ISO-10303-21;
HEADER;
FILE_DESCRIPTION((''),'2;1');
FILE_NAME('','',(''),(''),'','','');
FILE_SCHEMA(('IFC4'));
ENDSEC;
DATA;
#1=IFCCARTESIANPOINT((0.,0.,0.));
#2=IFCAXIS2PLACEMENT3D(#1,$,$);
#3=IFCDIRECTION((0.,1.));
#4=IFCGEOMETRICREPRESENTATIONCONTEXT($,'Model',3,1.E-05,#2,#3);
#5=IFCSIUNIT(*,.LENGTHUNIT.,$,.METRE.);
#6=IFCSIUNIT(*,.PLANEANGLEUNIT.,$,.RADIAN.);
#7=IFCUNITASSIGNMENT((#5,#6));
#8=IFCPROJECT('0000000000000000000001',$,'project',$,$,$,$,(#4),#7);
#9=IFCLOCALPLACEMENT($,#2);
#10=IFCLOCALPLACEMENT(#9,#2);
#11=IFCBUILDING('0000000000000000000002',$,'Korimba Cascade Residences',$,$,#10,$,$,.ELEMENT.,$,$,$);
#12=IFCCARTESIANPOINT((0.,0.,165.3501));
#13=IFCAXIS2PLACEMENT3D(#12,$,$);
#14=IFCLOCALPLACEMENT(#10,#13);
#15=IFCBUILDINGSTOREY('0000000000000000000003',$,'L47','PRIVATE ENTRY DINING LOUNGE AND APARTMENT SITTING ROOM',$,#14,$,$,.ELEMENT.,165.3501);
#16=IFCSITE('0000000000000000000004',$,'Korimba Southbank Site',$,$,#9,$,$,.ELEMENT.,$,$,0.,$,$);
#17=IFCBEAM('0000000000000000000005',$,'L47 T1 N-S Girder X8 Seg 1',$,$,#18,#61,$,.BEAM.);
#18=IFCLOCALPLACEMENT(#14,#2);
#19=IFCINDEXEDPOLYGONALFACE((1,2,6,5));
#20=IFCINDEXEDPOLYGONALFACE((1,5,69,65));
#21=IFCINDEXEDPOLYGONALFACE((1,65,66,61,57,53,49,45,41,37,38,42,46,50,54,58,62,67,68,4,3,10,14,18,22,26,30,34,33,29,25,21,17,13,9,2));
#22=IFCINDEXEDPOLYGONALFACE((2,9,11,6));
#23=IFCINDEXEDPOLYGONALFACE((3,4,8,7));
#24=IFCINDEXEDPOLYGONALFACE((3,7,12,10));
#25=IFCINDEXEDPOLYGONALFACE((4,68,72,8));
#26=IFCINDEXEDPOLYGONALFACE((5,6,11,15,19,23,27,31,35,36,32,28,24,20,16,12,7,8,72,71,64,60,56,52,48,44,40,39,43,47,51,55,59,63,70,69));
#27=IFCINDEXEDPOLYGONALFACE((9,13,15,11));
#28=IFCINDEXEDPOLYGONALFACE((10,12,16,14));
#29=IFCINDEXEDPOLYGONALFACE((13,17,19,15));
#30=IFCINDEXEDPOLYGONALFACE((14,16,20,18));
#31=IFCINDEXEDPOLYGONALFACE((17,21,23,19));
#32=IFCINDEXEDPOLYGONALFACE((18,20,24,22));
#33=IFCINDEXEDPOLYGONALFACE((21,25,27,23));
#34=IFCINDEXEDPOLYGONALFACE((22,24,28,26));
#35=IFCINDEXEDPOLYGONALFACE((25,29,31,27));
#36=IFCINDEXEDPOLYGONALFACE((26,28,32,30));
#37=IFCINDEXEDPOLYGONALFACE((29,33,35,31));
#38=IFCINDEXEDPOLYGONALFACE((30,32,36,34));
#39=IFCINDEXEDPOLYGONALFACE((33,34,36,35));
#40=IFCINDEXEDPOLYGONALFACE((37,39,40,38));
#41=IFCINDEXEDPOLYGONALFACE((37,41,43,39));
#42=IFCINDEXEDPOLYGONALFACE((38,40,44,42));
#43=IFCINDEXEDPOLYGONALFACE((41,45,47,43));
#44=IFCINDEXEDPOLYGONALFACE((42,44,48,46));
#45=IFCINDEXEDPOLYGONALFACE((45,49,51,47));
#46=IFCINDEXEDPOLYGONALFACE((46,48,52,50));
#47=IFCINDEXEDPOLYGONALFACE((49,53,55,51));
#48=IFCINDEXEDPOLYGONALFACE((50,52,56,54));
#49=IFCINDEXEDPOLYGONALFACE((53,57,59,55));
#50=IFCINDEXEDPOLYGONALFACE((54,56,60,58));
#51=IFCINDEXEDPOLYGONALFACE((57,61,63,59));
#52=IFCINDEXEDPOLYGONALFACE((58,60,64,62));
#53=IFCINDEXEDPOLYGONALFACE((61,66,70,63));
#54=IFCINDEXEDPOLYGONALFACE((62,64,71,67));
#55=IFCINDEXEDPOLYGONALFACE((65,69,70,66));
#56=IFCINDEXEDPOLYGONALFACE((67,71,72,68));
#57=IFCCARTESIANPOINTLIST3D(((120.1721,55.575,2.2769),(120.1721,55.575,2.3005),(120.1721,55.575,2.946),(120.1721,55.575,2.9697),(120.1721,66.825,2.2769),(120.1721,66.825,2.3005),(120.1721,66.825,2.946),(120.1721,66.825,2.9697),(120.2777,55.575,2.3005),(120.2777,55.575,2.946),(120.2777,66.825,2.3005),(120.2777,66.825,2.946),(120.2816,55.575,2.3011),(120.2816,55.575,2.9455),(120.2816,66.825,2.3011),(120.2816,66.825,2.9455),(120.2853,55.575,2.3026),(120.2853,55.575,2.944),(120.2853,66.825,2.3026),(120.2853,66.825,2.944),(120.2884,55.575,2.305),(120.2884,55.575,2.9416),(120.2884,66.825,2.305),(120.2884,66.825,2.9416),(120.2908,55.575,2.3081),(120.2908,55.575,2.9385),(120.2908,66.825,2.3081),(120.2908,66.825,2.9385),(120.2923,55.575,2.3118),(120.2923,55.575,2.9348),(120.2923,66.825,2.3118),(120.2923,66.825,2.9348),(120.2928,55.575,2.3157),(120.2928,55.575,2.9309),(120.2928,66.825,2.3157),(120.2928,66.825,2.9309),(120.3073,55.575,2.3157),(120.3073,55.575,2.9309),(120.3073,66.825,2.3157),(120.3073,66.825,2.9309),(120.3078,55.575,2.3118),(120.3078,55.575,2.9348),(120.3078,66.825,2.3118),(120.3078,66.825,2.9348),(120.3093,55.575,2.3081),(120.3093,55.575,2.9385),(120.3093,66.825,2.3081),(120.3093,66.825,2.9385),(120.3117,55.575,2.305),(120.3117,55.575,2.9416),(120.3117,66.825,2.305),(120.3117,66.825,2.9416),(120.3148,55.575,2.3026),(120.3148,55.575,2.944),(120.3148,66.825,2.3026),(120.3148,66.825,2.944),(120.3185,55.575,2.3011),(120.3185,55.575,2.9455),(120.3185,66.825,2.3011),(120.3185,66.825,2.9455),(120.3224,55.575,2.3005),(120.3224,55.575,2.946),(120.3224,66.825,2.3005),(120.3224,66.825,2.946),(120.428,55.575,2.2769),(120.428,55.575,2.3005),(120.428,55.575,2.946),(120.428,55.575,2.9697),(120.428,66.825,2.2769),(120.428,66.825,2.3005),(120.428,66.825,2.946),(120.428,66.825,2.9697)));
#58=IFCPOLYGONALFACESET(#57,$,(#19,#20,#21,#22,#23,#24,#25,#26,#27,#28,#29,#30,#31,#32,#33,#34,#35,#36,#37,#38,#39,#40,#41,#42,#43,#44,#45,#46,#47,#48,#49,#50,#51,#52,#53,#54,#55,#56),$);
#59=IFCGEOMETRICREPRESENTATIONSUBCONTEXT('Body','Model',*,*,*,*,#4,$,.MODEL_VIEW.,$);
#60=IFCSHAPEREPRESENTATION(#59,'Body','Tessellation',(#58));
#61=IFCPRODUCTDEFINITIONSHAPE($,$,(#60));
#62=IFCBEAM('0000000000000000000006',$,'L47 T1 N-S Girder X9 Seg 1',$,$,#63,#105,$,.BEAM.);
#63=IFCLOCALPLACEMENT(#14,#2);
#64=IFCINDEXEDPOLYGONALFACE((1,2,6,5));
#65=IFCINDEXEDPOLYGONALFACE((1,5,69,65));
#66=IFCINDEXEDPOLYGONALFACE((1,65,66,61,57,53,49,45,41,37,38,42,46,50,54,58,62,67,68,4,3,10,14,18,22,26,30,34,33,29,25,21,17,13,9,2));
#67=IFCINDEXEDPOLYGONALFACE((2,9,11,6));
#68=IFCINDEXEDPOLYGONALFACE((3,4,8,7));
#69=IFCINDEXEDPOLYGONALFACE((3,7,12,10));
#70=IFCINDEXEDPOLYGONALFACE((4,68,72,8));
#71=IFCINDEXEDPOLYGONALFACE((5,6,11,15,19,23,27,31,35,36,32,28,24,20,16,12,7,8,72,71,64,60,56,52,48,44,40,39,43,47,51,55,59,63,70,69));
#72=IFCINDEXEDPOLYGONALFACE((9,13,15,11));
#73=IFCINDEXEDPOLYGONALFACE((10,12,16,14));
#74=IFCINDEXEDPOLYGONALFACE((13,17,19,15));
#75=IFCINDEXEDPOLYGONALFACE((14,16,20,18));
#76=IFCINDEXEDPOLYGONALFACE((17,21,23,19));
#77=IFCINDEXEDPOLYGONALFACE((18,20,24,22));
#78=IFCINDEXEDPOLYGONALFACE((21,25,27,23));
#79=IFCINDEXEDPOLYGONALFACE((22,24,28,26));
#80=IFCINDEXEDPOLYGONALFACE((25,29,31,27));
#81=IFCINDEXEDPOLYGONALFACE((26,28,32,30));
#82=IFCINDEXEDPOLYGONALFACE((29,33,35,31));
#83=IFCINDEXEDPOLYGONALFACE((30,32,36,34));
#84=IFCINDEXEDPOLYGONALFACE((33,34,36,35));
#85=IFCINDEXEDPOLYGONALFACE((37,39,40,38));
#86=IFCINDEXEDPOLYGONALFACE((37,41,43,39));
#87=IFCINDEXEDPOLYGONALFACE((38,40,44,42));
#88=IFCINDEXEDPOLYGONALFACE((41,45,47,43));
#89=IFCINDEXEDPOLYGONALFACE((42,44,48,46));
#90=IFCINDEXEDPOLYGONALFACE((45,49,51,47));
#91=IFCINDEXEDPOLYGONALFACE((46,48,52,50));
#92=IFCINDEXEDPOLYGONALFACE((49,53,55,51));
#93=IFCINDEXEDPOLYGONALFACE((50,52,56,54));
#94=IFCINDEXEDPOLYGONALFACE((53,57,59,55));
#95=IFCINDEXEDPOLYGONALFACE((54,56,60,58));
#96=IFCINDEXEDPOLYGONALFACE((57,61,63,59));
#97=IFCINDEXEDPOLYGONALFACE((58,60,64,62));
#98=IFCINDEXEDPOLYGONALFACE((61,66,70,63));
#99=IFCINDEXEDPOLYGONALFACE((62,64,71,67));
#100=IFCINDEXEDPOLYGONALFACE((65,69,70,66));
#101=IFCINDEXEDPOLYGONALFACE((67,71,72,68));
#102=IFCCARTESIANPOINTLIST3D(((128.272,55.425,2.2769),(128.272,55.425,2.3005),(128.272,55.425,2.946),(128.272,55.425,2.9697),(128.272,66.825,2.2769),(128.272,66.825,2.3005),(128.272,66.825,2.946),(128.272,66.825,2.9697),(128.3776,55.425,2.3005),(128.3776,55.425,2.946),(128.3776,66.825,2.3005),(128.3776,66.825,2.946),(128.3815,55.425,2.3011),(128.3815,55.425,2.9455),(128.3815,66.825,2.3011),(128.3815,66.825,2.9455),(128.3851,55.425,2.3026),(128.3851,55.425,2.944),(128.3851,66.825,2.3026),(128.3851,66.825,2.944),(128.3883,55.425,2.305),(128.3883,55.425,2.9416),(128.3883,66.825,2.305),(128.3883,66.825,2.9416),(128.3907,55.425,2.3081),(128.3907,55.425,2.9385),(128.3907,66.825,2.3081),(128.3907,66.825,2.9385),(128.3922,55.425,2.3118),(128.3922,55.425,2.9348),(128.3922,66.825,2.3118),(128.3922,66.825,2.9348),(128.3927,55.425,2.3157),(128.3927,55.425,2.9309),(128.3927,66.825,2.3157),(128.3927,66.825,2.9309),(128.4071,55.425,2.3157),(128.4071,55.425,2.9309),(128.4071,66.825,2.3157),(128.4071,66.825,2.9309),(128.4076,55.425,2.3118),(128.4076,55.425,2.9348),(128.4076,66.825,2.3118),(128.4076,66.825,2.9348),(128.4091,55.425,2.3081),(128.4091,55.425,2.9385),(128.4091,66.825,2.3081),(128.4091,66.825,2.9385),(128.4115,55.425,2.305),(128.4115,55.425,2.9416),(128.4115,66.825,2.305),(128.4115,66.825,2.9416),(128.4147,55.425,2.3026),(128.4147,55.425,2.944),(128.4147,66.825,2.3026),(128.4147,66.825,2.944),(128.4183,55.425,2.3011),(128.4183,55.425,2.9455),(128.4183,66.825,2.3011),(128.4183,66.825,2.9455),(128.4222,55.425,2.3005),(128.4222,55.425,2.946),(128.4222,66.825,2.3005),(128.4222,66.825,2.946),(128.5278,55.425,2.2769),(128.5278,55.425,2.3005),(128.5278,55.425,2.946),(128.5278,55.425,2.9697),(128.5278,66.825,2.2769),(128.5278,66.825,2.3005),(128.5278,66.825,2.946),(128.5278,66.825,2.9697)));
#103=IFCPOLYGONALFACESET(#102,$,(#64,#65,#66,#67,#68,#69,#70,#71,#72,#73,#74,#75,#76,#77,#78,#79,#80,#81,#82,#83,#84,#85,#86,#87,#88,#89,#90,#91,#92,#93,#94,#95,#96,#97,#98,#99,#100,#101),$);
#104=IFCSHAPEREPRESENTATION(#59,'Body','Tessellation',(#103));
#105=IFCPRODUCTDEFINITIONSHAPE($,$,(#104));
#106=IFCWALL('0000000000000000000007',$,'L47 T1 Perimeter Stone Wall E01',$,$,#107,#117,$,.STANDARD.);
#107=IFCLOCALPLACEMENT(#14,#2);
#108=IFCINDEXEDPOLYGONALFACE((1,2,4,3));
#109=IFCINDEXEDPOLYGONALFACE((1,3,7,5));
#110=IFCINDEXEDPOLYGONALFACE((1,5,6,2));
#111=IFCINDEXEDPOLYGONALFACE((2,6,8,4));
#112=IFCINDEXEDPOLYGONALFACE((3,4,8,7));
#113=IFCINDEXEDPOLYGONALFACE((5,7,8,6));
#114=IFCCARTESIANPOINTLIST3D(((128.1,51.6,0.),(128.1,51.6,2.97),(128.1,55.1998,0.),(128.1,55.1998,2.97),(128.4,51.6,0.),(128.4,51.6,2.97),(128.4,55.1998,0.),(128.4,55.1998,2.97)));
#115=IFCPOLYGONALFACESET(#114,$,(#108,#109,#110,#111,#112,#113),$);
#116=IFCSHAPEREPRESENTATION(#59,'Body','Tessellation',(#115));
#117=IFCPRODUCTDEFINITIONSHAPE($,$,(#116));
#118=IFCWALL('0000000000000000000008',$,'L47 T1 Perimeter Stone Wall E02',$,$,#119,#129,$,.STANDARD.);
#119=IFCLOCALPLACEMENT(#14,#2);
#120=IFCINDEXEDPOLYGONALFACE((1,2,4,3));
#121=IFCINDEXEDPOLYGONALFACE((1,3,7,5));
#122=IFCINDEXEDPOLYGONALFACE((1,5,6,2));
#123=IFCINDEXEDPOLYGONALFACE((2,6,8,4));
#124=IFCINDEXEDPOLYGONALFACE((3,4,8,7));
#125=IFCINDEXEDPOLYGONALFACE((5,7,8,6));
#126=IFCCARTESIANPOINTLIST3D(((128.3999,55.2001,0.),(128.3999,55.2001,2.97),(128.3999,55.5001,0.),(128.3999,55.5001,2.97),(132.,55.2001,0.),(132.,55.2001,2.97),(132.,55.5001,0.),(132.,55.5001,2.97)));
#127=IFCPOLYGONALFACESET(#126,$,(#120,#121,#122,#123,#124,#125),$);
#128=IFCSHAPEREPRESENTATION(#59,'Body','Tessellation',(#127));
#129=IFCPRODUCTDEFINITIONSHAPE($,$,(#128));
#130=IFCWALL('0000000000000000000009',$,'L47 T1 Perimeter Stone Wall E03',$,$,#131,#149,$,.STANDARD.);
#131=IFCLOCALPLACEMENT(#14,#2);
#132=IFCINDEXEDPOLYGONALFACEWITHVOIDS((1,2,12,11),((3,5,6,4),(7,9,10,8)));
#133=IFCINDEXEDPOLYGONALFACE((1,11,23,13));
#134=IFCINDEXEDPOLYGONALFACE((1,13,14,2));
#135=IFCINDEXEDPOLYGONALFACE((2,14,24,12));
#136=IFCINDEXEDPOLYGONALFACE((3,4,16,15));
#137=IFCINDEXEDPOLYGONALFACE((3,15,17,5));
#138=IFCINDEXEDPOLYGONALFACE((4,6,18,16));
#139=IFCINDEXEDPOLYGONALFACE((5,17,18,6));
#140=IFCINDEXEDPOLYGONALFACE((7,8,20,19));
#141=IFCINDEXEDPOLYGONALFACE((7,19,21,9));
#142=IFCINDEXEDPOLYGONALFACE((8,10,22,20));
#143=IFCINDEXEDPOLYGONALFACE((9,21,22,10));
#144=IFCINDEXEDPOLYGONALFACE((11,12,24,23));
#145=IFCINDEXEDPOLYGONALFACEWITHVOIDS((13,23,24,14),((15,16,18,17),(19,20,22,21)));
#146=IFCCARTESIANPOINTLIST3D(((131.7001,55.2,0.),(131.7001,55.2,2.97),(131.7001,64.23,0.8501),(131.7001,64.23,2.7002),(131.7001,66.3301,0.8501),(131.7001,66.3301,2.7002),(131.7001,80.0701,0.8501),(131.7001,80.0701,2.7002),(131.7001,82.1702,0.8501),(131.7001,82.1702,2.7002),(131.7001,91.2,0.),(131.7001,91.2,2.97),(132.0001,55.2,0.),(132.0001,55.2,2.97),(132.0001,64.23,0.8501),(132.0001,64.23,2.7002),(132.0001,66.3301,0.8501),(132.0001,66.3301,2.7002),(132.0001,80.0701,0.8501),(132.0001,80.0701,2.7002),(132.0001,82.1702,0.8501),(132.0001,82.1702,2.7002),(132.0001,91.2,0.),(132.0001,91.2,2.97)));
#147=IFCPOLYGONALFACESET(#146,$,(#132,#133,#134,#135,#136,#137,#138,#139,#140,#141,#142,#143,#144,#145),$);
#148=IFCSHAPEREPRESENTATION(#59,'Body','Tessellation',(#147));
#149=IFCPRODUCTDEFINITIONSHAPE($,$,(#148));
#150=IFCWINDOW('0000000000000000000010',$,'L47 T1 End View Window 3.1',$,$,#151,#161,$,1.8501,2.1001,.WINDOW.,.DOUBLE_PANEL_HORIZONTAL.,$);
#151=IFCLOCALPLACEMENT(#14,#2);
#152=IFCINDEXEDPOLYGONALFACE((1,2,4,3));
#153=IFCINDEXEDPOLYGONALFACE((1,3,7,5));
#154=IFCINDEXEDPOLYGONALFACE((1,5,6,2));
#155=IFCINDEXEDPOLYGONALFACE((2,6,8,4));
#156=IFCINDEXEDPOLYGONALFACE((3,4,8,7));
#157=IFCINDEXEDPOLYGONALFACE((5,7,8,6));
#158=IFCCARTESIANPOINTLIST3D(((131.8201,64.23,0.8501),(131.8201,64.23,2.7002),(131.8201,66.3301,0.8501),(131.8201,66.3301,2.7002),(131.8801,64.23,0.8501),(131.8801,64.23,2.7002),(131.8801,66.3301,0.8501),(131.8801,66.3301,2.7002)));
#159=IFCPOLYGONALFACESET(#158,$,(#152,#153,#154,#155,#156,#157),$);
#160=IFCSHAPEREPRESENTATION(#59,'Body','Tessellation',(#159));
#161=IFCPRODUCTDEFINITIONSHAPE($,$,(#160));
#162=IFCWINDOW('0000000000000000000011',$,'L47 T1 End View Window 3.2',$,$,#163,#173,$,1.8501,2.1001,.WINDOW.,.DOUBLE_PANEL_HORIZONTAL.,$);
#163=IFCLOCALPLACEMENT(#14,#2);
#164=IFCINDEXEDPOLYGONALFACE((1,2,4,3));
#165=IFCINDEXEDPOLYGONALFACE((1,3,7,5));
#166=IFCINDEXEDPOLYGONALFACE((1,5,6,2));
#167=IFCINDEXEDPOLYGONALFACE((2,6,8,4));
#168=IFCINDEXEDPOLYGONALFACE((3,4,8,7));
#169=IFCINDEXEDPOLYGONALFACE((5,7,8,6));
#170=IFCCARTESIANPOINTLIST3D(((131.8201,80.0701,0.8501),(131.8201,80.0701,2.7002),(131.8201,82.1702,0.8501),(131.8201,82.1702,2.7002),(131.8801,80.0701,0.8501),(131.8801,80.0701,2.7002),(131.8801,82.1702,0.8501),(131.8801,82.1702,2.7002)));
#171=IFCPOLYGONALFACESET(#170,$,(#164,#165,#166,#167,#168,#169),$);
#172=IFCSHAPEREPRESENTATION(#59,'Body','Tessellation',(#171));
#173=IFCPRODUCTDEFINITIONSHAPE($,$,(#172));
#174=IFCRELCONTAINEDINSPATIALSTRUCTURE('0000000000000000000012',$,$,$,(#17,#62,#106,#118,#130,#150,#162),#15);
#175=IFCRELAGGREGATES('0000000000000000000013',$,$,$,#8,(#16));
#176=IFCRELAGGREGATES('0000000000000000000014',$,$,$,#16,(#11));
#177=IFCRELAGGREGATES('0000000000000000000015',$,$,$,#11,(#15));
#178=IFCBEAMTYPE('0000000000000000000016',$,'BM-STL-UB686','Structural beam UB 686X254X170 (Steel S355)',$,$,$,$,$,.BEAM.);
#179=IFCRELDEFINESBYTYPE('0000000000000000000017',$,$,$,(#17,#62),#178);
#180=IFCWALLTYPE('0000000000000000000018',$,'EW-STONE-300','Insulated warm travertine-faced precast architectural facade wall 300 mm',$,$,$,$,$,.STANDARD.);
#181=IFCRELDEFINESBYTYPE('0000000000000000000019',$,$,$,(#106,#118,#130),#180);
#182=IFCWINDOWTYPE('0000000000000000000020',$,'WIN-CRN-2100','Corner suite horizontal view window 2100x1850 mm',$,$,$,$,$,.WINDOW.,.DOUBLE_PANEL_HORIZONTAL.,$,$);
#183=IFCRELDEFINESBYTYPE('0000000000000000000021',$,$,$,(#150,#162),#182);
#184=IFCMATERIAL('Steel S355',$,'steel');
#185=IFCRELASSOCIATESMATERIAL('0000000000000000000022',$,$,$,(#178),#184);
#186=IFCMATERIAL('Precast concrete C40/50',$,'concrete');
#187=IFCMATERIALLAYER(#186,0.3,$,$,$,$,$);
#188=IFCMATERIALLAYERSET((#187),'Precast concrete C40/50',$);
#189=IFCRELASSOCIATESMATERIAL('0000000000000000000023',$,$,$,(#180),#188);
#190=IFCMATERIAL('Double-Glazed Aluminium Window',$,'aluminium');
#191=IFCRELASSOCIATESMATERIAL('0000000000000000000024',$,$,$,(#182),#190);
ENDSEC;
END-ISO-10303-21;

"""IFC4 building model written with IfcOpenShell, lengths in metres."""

from ifc_helpers import new_model, si_unit, direction, frame, frame_2d, origin, origin_2d, place, context, subcontext, project, spatial, rectangle, i_section, extrude, material, layer, layer_set, material_profile, profile_set, type_object, element, fill, save


model = new_model("IFC4")

# Units and contexts
model_context = context("Model", 3, precision=1e-05, world=origin(), true_north=direction((0.0, 1.0)))
body_context = subcontext(model_context, "Body", "Model", "MODEL_VIEW")
ifc_project = project(units=[si_unit("LENGTHUNIT", "METRE"), si_unit("PLANEANGLEUNIT", "RADIAN")], contexts=[model_context])

# Site, building, storey
site_placement = place(None, origin())
site = spatial("IfcSite", under=ifc_project, at=site_placement, Name="Korimba Southbank Site", CompositionType="ELEMENT", RefElevation=0.0)
building_placement = place(site_placement, origin())
building = spatial("IfcBuilding", under=site, at=building_placement, Name="Korimba Cascade Residences", CompositionType="ELEMENT")
storey_placement = place(building_placement, frame((0.0, 0.0, 165.3501)))
storey = spatial("IfcBuildingStorey", under=building, at=storey_placement, Name="L47", Description="PRIVATE ENTRY DINING LOUNGE AND APARTMENT SITTING ROOM", CompositionType="ELEMENT", Elevation=165.3501)

# Beams
ifc_material_1 = material(Name="Steel S355", Category="steel")
ifc_material_profile_1 = material_profile(ifc_material_1, i_section(OverallWidth=0.2559, OverallDepth=0.6929, WebThickness=0.0144, FlangeThickness=0.0237, FilletRadius=0.0151, at=origin_2d()), Name="Steel S355")
ifc_profile_set_1 = profile_set([ifc_material_profile_1], Name="Steel S355")
beam_type_1 = type_object("IfcBeamType", Name="BM-STL-UB686", Description="Structural beam UB 686X254X170 (Steel S355)", PredefinedType="BEAM", material=ifc_profile_set_1)
beam_1_placement = place(storey_placement, frame((120.3, 55.575, 2.6233), z_axis=(0.0, 1.0, 0.0), x_axis=(-1.0, 0.0, 0.0)))
element("IfcBeam", 1, at=beam_1_placement, inside=storey, type_object=beam_type_1, Name="L47 T1 N-S Girder X8 Seg 1", PredefinedType="BEAM", context=body_context, shape_type="SweptSolid", body=[
    extrude(i_section(OverallWidth=0.2559, OverallDepth=0.6929, WebThickness=0.0144, FlangeThickness=0.0237, FilletRadius=0.0151, at=origin_2d()), origin(), (0.0, 0.0, 1.0), 11.25),
])
beam_2_placement = place(storey_placement, frame((128.3999, 55.425, 2.6233), z_axis=(0.0, 1.0, 0.0), x_axis=(-1.0, 0.0, 0.0)))
element("IfcBeam", 2, at=beam_2_placement, inside=storey, type_object=beam_type_1, Name="L47 T1 N-S Girder X9 Seg 1", PredefinedType="BEAM", context=body_context, shape_type="SweptSolid", body=[
    extrude(i_section(OverallWidth=0.2559, OverallDepth=0.6929, WebThickness=0.0144, FlangeThickness=0.0237, FilletRadius=0.0151, at=origin_2d()), origin(), (0.0, 0.0, 1.0), 11.3999),
])

# Walls
ifc_material_2 = material(Name="Precast concrete C40/50", Category="concrete")
ifc_layer_1 = layer(ifc_material_2, 0.3)
ifc_layer_set_1 = layer_set([ifc_layer_1], Name="Precast concrete C40/50")
wall_type_1 = type_object("IfcWallType", Name="EW-STONE-300", Description="Insulated warm travertine-faced precast architectural facade wall 300 mm", PredefinedType="STANDARD", material=ifc_layer_set_1)
wall_1_placement = place(storey_placement, frame((128.25, 51.6001, 0.0), z_axis=(0.0, 0.0, 1.0), x_axis=(0.0, 1.0, 0.0)))
element("IfcWall", 3, at=wall_1_placement, inside=storey, type_object=wall_type_1, Name="L47 T1 Perimeter Stone Wall E01", PredefinedType="STANDARD", context=body_context, shape_type="SweptSolid", body=[
    extrude(rectangle(XDim=3.5999, YDim=0.3, at=frame_2d((1.7998, 0.0))), origin(), (0.0, 0.0, 1.0), 2.97),
])
wall_2_placement = place(storey_placement, frame((128.3999, 55.3501, 0.0), z_axis=(0.0, 0.0, 1.0), x_axis=(1.0, 0.0, 0.0)))
element("IfcWall", 4, at=wall_2_placement, inside=storey, type_object=wall_type_1, Name="L47 T1 Perimeter Stone Wall E02", PredefinedType="STANDARD", context=body_context, shape_type="SweptSolid", body=[
    extrude(rectangle(XDim=3.6001, YDim=0.3, at=frame_2d((1.8, 0.0))), origin(), (0.0, 0.0, 1.0), 2.97),
])

# Wall, openings, windows
wall_3_placement = place(storey_placement, frame((131.8501, 55.2, 0.0), z_axis=(0.0, 0.0, 1.0), x_axis=(0.0, 1.0, 0.0)))
wall_3 = element("IfcWall", 5, at=wall_3_placement, inside=storey, type_object=wall_type_1, Name="L47 T1 Perimeter Stone Wall E03", PredefinedType="STANDARD", context=body_context, shape_type="SweptSolid", body=[
    extrude(rectangle(XDim=36.0, YDim=0.3, at=frame_2d((18.0, 0.0))), origin(), (0.0, 0.0, 1.0), 2.97),
])
opening_1_placement = place(wall_3_placement, frame((9.03, 0.0, 0.8501)))
opening_1 = element("IfcOpeningElement", 6, at=opening_1_placement, cuts=wall_3, PredefinedType="OPENING", context=body_context, shape_type="SweptSolid", body=[
    extrude(rectangle(XDim=2.1001, YDim=1.8501, at=frame_2d((1.05, 0.925))), frame((0.0, 0.1602, 0.0), z_axis=(0.0, -1.0, 0.0), x_axis=(1.0, 0.0, 0.0)), (0.0, 0.0, 1.0), 0.3201),
])
opening_2_placement = place(wall_3_placement, frame((24.8701, 0.0, 0.8501)))
opening_2 = element("IfcOpeningElement", 7, at=opening_2_placement, cuts=wall_3, PredefinedType="OPENING", context=body_context, shape_type="SweptSolid", body=[
    extrude(rectangle(XDim=2.1001, YDim=1.8501, at=frame_2d((1.05, 0.925))), frame((0.0, 0.1602, 0.0), z_axis=(0.0, -1.0, 0.0), x_axis=(1.0, 0.0, 0.0)), (0.0, 0.0, 1.0), 0.3201),
])
ifc_material_3 = material(Name="Double-Glazed Aluminium Window", Category="aluminium")
window_type_1 = type_object("IfcWindowType", Name="WIN-CRN-2100", Description="Corner suite horizontal view window 2100x1850 mm", PartitioningType="DOUBLE_PANEL_HORIZONTAL", PredefinedType="WINDOW", material=ifc_material_3)
window_1_placement = place(opening_1_placement, origin())
window_1 = element("IfcWindow", 8, at=window_1_placement, inside=storey, type_object=window_type_1, Name="L47 T1 End View Window 3.1", OverallHeight=1.8501, OverallWidth=2.1001, PartitioningType="DOUBLE_PANEL_HORIZONTAL", PredefinedType="WINDOW", context=body_context, shape_type="SweptSolid", body=[
    extrude(rectangle(XDim=2.1001, YDim=1.8501, at=frame_2d((1.05, 0.925))), frame((0.0, 0.03, 0.0), z_axis=(0.0, -1.0, 0.0), x_axis=(1.0, 0.0, 0.0)), (0.0, 0.0, 1.0), 0.0601),
])
fill(opening_1, window_1)
window_2_placement = place(opening_2_placement, origin())
window_2 = element("IfcWindow", 9, at=window_2_placement, inside=storey, type_object=window_type_1, Name="L47 T1 End View Window 3.2", OverallHeight=1.8501, OverallWidth=2.1001, PartitioningType="DOUBLE_PANEL_HORIZONTAL", PredefinedType="WINDOW", context=body_context, shape_type="SweptSolid", body=[
    extrude(rectangle(XDim=2.1001, YDim=1.8501, at=frame_2d((1.05, 0.925))), frame((0.0, 0.03, 0.0), z_axis=(0.0, -1.0, 0.0), x_axis=(1.0, 0.0, 0.0)), (0.0, 0.0, 1.0), 0.0601),
])
fill(opening_2, window_2)

save(model, "model.ifc")
